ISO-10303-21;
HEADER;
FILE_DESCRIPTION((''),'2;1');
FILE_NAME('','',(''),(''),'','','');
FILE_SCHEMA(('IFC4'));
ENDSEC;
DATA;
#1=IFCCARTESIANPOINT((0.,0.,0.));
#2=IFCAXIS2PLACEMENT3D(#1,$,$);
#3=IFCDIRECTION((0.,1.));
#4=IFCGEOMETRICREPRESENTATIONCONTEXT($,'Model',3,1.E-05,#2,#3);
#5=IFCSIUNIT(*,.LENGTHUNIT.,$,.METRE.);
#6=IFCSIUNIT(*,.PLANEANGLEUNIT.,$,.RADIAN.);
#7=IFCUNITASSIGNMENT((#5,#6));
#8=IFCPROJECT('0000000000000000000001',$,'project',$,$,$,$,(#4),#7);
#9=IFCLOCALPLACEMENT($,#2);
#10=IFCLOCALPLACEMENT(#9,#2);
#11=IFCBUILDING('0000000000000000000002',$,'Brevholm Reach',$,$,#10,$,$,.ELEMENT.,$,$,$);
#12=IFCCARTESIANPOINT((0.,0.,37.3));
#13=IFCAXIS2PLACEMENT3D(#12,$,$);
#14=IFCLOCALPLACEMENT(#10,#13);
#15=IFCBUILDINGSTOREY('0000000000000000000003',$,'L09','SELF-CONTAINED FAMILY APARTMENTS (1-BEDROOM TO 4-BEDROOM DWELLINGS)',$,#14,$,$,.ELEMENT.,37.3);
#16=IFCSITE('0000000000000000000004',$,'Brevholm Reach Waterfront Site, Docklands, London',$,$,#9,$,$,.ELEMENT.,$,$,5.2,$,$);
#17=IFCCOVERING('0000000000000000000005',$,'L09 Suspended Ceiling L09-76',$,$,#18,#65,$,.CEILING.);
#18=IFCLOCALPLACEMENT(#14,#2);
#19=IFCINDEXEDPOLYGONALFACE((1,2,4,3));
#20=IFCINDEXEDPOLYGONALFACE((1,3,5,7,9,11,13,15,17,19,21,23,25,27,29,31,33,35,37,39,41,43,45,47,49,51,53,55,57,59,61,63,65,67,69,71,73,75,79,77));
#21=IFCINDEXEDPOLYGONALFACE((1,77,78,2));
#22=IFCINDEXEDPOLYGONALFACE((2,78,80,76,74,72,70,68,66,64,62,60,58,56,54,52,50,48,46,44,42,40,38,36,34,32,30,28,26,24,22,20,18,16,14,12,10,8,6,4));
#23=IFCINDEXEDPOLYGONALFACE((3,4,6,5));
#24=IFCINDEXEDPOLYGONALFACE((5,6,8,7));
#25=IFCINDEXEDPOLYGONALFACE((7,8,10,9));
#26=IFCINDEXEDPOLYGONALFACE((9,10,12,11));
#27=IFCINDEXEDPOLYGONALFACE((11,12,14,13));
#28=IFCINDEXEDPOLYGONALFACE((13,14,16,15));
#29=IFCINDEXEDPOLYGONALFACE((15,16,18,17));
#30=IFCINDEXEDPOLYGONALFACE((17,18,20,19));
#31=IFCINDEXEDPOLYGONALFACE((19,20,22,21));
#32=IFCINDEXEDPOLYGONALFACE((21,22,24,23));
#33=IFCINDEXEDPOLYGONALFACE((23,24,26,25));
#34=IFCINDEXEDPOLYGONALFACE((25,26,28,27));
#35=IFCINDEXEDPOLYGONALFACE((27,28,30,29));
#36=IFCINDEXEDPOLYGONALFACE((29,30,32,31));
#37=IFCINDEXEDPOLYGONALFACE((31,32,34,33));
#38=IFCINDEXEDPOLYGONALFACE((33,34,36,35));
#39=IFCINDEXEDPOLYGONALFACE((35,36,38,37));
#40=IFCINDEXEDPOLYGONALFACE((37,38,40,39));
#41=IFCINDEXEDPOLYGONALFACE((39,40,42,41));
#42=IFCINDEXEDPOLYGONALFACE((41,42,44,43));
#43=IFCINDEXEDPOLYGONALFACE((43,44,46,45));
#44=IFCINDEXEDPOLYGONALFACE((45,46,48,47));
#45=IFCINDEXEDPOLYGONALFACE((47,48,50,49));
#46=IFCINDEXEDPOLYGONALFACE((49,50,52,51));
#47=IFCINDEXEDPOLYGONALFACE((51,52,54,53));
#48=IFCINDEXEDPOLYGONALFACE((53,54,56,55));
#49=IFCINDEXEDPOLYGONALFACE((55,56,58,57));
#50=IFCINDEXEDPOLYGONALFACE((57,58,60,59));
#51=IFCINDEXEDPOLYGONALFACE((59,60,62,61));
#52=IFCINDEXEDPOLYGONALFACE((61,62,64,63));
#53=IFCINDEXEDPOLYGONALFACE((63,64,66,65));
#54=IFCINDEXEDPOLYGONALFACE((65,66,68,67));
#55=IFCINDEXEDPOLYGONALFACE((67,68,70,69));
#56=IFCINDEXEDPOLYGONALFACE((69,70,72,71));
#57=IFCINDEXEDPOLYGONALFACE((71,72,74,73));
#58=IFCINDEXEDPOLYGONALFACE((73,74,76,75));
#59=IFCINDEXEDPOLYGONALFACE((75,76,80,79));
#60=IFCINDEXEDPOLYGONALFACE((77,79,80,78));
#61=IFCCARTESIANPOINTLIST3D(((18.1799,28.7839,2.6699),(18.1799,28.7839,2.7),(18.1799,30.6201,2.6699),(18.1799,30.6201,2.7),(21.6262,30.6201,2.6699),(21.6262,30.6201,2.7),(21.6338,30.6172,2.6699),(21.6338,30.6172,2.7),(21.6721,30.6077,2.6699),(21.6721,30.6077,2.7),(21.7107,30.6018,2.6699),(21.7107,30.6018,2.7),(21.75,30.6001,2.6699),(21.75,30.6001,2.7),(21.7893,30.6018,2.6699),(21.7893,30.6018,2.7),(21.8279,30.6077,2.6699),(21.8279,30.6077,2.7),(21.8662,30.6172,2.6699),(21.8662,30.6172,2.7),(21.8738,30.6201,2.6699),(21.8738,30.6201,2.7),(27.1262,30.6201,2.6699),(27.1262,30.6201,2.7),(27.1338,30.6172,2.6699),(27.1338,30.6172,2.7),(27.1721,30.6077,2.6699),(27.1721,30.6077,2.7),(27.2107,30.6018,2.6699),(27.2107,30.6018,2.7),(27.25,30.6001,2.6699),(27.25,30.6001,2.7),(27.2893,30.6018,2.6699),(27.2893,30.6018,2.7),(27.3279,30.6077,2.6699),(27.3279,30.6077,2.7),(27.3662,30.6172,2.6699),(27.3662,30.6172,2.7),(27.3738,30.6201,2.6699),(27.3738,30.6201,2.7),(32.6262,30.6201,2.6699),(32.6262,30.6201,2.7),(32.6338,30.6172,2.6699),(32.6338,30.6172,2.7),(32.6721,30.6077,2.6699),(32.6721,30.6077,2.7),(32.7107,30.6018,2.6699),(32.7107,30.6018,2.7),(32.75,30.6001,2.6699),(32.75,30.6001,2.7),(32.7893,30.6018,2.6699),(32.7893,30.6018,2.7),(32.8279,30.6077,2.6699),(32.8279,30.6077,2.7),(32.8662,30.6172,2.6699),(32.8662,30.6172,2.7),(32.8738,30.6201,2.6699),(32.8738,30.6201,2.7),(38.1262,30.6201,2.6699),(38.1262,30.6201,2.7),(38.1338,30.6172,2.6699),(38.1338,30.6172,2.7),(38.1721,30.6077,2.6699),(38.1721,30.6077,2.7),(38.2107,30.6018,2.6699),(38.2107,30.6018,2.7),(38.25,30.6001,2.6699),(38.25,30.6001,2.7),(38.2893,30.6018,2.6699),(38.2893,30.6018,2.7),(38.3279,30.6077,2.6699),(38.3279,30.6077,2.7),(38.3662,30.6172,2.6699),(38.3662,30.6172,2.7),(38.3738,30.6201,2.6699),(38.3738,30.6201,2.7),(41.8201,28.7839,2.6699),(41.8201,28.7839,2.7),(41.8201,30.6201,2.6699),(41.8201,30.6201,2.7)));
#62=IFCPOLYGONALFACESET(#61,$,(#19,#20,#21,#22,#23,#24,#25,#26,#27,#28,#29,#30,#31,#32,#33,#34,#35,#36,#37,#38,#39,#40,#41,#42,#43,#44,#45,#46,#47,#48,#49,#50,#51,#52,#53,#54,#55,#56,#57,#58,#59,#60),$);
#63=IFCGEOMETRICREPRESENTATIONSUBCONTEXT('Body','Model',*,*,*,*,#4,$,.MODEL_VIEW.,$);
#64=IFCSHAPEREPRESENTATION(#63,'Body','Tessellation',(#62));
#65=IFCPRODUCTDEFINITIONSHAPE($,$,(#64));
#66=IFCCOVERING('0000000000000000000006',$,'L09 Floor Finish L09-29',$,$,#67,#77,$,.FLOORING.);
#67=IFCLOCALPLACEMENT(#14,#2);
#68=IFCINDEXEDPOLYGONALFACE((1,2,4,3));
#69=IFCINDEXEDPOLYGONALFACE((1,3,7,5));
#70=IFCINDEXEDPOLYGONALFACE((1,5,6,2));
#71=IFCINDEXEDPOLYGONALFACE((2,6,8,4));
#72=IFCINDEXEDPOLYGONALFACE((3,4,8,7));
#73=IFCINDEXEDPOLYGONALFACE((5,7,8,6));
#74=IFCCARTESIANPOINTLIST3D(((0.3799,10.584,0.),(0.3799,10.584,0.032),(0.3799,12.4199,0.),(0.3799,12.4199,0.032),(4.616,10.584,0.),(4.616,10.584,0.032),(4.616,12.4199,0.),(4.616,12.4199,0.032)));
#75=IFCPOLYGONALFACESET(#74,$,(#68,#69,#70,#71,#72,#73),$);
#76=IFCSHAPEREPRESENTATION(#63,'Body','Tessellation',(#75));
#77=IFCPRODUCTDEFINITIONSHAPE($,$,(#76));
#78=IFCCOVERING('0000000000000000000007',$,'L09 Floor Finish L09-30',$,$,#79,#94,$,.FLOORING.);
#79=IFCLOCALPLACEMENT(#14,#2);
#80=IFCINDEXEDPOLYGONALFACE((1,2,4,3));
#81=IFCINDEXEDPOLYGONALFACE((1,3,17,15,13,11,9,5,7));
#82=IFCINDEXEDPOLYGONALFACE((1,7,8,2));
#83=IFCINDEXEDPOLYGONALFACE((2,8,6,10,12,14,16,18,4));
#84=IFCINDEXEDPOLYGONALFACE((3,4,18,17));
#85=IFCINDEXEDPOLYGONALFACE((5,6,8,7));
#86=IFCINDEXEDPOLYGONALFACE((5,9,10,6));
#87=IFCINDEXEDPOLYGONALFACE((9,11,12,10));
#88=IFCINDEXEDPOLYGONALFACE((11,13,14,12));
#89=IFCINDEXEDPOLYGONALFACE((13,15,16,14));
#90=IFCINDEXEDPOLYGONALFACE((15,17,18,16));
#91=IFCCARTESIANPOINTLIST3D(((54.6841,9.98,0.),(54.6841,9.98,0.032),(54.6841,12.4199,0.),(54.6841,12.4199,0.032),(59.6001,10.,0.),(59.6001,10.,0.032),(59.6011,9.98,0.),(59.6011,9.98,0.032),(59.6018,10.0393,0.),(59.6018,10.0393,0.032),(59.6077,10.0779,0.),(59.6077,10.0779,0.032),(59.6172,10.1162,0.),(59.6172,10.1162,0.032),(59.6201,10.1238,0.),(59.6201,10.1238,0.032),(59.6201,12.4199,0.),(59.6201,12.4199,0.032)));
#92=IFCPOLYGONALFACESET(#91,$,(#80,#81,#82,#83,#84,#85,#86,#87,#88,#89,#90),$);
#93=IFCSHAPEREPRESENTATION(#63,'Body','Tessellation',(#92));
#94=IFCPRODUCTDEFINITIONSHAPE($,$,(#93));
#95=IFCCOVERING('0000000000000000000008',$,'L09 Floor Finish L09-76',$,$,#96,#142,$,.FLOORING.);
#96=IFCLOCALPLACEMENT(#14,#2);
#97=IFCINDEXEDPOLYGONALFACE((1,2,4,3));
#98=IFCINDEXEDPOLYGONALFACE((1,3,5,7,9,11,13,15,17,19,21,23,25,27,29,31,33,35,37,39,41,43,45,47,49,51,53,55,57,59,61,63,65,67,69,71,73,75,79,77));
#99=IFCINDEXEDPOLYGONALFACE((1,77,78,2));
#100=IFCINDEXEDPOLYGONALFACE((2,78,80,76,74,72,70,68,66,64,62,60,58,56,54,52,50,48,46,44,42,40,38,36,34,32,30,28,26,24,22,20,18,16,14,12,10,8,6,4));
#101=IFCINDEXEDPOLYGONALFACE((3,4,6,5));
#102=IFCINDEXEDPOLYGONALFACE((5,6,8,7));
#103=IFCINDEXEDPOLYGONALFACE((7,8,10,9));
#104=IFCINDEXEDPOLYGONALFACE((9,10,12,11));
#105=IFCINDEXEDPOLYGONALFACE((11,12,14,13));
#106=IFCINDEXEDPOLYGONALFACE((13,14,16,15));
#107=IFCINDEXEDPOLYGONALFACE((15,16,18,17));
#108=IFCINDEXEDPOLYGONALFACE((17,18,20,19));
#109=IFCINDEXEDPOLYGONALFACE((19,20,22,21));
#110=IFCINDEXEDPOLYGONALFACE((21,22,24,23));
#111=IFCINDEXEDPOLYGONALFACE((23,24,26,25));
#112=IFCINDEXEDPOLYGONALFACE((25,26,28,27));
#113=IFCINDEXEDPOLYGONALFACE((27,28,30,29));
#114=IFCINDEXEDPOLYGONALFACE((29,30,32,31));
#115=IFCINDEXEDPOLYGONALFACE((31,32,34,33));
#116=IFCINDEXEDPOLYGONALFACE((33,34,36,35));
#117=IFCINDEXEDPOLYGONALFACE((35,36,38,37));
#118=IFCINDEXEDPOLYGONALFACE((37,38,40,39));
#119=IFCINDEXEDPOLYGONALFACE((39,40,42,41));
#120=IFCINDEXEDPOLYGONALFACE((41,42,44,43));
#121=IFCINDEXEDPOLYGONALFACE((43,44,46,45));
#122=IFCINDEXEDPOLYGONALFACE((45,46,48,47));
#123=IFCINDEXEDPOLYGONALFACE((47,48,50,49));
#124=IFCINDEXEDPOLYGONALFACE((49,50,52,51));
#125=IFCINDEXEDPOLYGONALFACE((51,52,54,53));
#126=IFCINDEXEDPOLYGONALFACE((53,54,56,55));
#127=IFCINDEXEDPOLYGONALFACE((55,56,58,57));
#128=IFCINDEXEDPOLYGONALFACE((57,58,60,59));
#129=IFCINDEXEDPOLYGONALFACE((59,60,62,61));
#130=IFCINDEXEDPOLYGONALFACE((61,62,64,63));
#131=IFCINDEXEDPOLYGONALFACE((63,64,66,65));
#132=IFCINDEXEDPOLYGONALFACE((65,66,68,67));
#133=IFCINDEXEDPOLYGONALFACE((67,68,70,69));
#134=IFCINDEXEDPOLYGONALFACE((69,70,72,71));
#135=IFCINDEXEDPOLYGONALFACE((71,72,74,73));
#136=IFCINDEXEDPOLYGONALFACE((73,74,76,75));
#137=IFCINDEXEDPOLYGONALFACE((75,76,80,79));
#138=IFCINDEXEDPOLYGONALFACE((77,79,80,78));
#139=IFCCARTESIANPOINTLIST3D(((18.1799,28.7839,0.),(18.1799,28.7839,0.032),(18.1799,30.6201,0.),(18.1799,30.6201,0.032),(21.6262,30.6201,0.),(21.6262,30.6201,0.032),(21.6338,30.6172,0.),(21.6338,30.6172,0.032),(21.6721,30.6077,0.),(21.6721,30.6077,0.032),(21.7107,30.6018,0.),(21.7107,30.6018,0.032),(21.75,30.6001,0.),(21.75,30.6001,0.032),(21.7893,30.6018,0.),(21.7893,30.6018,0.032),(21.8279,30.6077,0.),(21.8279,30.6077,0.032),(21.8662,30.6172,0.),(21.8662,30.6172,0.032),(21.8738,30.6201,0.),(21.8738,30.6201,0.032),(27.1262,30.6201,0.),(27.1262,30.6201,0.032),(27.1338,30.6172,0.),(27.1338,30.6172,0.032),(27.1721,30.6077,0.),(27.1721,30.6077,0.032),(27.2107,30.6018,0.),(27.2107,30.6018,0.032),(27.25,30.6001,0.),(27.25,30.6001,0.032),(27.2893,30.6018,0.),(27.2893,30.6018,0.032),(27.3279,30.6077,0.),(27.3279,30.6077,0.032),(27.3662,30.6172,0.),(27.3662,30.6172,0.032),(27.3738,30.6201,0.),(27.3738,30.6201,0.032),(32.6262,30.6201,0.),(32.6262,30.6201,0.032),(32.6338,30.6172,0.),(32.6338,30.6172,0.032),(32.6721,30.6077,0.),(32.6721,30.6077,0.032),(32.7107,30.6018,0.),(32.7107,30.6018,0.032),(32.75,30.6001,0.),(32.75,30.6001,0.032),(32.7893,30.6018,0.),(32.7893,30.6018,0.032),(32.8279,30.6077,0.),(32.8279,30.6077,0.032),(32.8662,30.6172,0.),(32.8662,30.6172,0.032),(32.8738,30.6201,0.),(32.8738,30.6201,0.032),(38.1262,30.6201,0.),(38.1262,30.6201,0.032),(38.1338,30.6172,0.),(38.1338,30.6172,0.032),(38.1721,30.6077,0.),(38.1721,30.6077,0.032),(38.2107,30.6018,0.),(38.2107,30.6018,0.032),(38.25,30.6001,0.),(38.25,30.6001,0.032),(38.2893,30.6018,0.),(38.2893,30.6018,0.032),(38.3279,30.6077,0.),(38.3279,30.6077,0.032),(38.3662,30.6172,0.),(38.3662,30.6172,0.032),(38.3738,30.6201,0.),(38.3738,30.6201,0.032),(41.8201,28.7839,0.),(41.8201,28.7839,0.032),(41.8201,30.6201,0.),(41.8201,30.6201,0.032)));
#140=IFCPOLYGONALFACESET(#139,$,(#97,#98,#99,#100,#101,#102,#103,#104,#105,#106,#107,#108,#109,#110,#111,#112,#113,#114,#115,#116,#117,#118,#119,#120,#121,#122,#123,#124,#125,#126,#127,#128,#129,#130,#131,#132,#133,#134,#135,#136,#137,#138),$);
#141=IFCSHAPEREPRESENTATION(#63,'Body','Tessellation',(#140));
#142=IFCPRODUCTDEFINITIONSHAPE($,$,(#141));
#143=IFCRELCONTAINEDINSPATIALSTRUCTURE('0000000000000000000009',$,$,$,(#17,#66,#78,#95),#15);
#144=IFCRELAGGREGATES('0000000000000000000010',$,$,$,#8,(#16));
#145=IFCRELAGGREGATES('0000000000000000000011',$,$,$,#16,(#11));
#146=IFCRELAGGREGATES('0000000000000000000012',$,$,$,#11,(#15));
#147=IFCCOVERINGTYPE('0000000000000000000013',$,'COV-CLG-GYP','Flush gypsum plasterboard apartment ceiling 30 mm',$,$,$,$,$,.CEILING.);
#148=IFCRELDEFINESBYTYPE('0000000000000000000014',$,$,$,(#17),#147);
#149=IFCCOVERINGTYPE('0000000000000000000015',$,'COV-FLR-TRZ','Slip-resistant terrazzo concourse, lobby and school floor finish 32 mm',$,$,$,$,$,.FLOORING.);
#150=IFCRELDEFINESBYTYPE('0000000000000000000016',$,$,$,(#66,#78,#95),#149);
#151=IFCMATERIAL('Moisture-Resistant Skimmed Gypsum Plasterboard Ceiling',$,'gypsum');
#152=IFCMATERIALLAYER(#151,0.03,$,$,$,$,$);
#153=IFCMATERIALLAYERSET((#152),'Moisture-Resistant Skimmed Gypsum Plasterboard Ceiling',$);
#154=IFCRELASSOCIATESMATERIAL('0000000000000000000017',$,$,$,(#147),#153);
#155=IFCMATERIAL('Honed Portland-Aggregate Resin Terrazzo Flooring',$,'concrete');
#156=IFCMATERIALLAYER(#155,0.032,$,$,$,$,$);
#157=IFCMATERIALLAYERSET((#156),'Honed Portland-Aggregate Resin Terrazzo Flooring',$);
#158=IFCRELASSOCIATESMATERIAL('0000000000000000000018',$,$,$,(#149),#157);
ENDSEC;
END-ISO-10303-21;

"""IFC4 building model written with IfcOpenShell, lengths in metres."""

from ifc_helpers import new_model, si_unit, direction, frame, origin, place, context, subcontext, project, spatial, polyline, outline, extrude, material, layer, layer_set, type_object, element, save


model = new_model("IFC4")

# Units and contexts
model_context = context("Model", 3, precision=1e-05, world=origin(), true_north=direction((0.0, 1.0)))
body_context = subcontext(model_context, "Body", "Model", "MODEL_VIEW")
ifc_project = project(units=[si_unit("LENGTHUNIT", "METRE"), si_unit("PLANEANGLEUNIT", "RADIAN")], contexts=[model_context])

# Site, building, storey
site_placement = place(None, origin())
site = spatial("IfcSite", under=ifc_project, at=site_placement, Name="Brevholm Reach Waterfront Site, Docklands, London", CompositionType="ELEMENT", RefElevation=5.2)
building_placement = place(site_placement, origin())
building = spatial("IfcBuilding", under=site, at=building_placement, Name="Brevholm Reach", CompositionType="ELEMENT")
storey_placement = place(building_placement, frame((0.0, 0.0, 37.3)))
storey = spatial("IfcBuildingStorey", under=building, at=storey_placement, Name="L09", Description="SELF-CONTAINED FAMILY APARTMENTS (1-BEDROOM TO 4-BEDROOM DWELLINGS)", CompositionType="ELEMENT", Elevation=37.3)

# Coverings
ifc_material_1 = material(Name="Moisture-Resistant Skimmed Gypsum Plasterboard Ceiling", Category="gypsum")
ifc_layer_1 = layer(ifc_material_1, 0.03)
ifc_layer_set_1 = layer_set([ifc_layer_1], Name="Moisture-Resistant Skimmed Gypsum Plasterboard Ceiling")
covering_type_1 = type_object("IfcCoveringType", Name="COV-CLG-GYP", Description="Flush gypsum plasterboard apartment ceiling 30 mm", PredefinedType="CEILING", material=ifc_layer_set_1)
covering_1_placement = place(storey_placement, frame((0.0, 0.0, 2.6699)))
element("IfcCovering", 1, at=covering_1_placement, inside=storey, type_object=covering_type_1, Name="L09 Suspended Ceiling L09-76", PredefinedType="CEILING", context=body_context, shape_type="SweptSolid", body=[
    extrude(outline(polyline([(18.1799, 30.6201), (21.6262, 30.6201), (21.6338, 30.6172), (21.6721, 30.6077), (21.7107, 30.6018), (21.75, 30.6001), (21.7893, 30.6018), (21.8279, 30.6077), (21.8662, 30.6172), (21.8738, 30.6201), (27.1262, 30.6201), (27.1338, 30.6172), (27.1721, 30.6077), (27.2107, 30.6018), (27.25, 30.6001), (27.2893, 30.6018), (27.3279, 30.6077), (27.3662, 30.6172), (27.3738, 30.6201), (32.6262, 30.6201), (32.6338, 30.6172), (32.6721, 30.6077), (32.7107, 30.6018), (32.75, 30.6001), (32.7893, 30.6018), (32.8279, 30.6077), (32.8662, 30.6172), (32.8738, 30.6201), (38.1262, 30.6201), (38.1338, 30.6172), (38.1721, 30.6077), (38.2107, 30.6018), (38.25, 30.6001), (38.2893, 30.6018), (38.3279, 30.6077), (38.3662, 30.6172), (38.3738, 30.6201), (41.8201, 30.6201), (41.8201, 28.7839), (18.1799, 28.7839), (18.1799, 30.6201)])), origin(), (0.0, 0.0, 1.0), 0.03),
])
ifc_material_2 = material(Name="Honed Portland-Aggregate Resin Terrazzo Flooring", Category="concrete")
ifc_layer_2 = layer(ifc_material_2, 0.032)
ifc_layer_set_2 = layer_set([ifc_layer_2], Name="Honed Portland-Aggregate Resin Terrazzo Flooring")
covering_type_2 = type_object("IfcCoveringType", Name="COV-FLR-TRZ", Description="Slip-resistant terrazzo concourse, lobby and school floor finish 32 mm", PredefinedType="FLOORING", material=ifc_layer_set_2)
covering_2_placement = place(storey_placement, origin())
element("IfcCovering", 2, at=covering_2_placement, inside=storey, type_object=covering_type_2, Name="L09 Floor Finish L09-29", PredefinedType="FLOORING", context=body_context, shape_type="SweptSolid", body=[
    extrude(outline(polyline([(0.3799, 12.4199), (4.616, 12.4199), (4.616, 10.584), (0.3799, 10.584), (0.3799, 12.4199)])), origin(), (0.0, 0.0, 1.0), 0.032),
])
covering_3_placement = place(storey_placement, origin())
element("IfcCovering", 3, at=covering_3_placement, inside=storey, type_object=covering_type_2, Name="L09 Floor Finish L09-30", PredefinedType="FLOORING", context=body_context, shape_type="SweptSolid", body=[
    extrude(outline(polyline([(59.6201, 12.4199), (59.6201, 10.1238), (59.6172, 10.1162), (59.6077, 10.0779), (59.6018, 10.0393), (59.6001, 10.0), (59.6011, 9.98), (54.6841, 9.98), (54.6841, 12.4199), (59.6201, 12.4199)])), origin(), (0.0, 0.0, 1.0), 0.032),
])
covering_4_placement = place(storey_placement, origin())
element("IfcCovering", 4, at=covering_4_placement, inside=storey, type_object=covering_type_2, Name="L09 Floor Finish L09-76", PredefinedType="FLOORING", context=body_context, shape_type="SweptSolid", body=[
    extrude(outline(polyline([(18.1799, 30.6201), (21.6262, 30.6201), (21.6338, 30.6172), (21.6721, 30.6077), (21.7107, 30.6018), (21.75, 30.6001), (21.7893, 30.6018), (21.8279, 30.6077), (21.8662, 30.6172), (21.8738, 30.6201), (27.1262, 30.6201), (27.1338, 30.6172), (27.1721, 30.6077), (27.2107, 30.6018), (27.25, 30.6001), (27.2893, 30.6018), (27.3279, 30.6077), (27.3662, 30.6172), (27.3738, 30.6201), (32.6262, 30.6201), (32.6338, 30.6172), (32.6721, 30.6077), (32.7107, 30.6018), (32.75, 30.6001), (32.7893, 30.6018), (32.8279, 30.6077), (32.8662, 30.6172), (32.8738, 30.6201), (38.1262, 30.6201), (38.1338, 30.6172), (38.1721, 30.6077), (38.2107, 30.6018), (38.25, 30.6001), (38.2893, 30.6018), (38.3279, 30.6077), (38.3662, 30.6172), (38.3738, 30.6201), (41.8201, 30.6201), (41.8201, 28.7839), (18.1799, 28.7839), (18.1799, 30.6201)])), origin(), (0.0, 0.0, 1.0), 0.032),
])

save(model, "model.ifc")
